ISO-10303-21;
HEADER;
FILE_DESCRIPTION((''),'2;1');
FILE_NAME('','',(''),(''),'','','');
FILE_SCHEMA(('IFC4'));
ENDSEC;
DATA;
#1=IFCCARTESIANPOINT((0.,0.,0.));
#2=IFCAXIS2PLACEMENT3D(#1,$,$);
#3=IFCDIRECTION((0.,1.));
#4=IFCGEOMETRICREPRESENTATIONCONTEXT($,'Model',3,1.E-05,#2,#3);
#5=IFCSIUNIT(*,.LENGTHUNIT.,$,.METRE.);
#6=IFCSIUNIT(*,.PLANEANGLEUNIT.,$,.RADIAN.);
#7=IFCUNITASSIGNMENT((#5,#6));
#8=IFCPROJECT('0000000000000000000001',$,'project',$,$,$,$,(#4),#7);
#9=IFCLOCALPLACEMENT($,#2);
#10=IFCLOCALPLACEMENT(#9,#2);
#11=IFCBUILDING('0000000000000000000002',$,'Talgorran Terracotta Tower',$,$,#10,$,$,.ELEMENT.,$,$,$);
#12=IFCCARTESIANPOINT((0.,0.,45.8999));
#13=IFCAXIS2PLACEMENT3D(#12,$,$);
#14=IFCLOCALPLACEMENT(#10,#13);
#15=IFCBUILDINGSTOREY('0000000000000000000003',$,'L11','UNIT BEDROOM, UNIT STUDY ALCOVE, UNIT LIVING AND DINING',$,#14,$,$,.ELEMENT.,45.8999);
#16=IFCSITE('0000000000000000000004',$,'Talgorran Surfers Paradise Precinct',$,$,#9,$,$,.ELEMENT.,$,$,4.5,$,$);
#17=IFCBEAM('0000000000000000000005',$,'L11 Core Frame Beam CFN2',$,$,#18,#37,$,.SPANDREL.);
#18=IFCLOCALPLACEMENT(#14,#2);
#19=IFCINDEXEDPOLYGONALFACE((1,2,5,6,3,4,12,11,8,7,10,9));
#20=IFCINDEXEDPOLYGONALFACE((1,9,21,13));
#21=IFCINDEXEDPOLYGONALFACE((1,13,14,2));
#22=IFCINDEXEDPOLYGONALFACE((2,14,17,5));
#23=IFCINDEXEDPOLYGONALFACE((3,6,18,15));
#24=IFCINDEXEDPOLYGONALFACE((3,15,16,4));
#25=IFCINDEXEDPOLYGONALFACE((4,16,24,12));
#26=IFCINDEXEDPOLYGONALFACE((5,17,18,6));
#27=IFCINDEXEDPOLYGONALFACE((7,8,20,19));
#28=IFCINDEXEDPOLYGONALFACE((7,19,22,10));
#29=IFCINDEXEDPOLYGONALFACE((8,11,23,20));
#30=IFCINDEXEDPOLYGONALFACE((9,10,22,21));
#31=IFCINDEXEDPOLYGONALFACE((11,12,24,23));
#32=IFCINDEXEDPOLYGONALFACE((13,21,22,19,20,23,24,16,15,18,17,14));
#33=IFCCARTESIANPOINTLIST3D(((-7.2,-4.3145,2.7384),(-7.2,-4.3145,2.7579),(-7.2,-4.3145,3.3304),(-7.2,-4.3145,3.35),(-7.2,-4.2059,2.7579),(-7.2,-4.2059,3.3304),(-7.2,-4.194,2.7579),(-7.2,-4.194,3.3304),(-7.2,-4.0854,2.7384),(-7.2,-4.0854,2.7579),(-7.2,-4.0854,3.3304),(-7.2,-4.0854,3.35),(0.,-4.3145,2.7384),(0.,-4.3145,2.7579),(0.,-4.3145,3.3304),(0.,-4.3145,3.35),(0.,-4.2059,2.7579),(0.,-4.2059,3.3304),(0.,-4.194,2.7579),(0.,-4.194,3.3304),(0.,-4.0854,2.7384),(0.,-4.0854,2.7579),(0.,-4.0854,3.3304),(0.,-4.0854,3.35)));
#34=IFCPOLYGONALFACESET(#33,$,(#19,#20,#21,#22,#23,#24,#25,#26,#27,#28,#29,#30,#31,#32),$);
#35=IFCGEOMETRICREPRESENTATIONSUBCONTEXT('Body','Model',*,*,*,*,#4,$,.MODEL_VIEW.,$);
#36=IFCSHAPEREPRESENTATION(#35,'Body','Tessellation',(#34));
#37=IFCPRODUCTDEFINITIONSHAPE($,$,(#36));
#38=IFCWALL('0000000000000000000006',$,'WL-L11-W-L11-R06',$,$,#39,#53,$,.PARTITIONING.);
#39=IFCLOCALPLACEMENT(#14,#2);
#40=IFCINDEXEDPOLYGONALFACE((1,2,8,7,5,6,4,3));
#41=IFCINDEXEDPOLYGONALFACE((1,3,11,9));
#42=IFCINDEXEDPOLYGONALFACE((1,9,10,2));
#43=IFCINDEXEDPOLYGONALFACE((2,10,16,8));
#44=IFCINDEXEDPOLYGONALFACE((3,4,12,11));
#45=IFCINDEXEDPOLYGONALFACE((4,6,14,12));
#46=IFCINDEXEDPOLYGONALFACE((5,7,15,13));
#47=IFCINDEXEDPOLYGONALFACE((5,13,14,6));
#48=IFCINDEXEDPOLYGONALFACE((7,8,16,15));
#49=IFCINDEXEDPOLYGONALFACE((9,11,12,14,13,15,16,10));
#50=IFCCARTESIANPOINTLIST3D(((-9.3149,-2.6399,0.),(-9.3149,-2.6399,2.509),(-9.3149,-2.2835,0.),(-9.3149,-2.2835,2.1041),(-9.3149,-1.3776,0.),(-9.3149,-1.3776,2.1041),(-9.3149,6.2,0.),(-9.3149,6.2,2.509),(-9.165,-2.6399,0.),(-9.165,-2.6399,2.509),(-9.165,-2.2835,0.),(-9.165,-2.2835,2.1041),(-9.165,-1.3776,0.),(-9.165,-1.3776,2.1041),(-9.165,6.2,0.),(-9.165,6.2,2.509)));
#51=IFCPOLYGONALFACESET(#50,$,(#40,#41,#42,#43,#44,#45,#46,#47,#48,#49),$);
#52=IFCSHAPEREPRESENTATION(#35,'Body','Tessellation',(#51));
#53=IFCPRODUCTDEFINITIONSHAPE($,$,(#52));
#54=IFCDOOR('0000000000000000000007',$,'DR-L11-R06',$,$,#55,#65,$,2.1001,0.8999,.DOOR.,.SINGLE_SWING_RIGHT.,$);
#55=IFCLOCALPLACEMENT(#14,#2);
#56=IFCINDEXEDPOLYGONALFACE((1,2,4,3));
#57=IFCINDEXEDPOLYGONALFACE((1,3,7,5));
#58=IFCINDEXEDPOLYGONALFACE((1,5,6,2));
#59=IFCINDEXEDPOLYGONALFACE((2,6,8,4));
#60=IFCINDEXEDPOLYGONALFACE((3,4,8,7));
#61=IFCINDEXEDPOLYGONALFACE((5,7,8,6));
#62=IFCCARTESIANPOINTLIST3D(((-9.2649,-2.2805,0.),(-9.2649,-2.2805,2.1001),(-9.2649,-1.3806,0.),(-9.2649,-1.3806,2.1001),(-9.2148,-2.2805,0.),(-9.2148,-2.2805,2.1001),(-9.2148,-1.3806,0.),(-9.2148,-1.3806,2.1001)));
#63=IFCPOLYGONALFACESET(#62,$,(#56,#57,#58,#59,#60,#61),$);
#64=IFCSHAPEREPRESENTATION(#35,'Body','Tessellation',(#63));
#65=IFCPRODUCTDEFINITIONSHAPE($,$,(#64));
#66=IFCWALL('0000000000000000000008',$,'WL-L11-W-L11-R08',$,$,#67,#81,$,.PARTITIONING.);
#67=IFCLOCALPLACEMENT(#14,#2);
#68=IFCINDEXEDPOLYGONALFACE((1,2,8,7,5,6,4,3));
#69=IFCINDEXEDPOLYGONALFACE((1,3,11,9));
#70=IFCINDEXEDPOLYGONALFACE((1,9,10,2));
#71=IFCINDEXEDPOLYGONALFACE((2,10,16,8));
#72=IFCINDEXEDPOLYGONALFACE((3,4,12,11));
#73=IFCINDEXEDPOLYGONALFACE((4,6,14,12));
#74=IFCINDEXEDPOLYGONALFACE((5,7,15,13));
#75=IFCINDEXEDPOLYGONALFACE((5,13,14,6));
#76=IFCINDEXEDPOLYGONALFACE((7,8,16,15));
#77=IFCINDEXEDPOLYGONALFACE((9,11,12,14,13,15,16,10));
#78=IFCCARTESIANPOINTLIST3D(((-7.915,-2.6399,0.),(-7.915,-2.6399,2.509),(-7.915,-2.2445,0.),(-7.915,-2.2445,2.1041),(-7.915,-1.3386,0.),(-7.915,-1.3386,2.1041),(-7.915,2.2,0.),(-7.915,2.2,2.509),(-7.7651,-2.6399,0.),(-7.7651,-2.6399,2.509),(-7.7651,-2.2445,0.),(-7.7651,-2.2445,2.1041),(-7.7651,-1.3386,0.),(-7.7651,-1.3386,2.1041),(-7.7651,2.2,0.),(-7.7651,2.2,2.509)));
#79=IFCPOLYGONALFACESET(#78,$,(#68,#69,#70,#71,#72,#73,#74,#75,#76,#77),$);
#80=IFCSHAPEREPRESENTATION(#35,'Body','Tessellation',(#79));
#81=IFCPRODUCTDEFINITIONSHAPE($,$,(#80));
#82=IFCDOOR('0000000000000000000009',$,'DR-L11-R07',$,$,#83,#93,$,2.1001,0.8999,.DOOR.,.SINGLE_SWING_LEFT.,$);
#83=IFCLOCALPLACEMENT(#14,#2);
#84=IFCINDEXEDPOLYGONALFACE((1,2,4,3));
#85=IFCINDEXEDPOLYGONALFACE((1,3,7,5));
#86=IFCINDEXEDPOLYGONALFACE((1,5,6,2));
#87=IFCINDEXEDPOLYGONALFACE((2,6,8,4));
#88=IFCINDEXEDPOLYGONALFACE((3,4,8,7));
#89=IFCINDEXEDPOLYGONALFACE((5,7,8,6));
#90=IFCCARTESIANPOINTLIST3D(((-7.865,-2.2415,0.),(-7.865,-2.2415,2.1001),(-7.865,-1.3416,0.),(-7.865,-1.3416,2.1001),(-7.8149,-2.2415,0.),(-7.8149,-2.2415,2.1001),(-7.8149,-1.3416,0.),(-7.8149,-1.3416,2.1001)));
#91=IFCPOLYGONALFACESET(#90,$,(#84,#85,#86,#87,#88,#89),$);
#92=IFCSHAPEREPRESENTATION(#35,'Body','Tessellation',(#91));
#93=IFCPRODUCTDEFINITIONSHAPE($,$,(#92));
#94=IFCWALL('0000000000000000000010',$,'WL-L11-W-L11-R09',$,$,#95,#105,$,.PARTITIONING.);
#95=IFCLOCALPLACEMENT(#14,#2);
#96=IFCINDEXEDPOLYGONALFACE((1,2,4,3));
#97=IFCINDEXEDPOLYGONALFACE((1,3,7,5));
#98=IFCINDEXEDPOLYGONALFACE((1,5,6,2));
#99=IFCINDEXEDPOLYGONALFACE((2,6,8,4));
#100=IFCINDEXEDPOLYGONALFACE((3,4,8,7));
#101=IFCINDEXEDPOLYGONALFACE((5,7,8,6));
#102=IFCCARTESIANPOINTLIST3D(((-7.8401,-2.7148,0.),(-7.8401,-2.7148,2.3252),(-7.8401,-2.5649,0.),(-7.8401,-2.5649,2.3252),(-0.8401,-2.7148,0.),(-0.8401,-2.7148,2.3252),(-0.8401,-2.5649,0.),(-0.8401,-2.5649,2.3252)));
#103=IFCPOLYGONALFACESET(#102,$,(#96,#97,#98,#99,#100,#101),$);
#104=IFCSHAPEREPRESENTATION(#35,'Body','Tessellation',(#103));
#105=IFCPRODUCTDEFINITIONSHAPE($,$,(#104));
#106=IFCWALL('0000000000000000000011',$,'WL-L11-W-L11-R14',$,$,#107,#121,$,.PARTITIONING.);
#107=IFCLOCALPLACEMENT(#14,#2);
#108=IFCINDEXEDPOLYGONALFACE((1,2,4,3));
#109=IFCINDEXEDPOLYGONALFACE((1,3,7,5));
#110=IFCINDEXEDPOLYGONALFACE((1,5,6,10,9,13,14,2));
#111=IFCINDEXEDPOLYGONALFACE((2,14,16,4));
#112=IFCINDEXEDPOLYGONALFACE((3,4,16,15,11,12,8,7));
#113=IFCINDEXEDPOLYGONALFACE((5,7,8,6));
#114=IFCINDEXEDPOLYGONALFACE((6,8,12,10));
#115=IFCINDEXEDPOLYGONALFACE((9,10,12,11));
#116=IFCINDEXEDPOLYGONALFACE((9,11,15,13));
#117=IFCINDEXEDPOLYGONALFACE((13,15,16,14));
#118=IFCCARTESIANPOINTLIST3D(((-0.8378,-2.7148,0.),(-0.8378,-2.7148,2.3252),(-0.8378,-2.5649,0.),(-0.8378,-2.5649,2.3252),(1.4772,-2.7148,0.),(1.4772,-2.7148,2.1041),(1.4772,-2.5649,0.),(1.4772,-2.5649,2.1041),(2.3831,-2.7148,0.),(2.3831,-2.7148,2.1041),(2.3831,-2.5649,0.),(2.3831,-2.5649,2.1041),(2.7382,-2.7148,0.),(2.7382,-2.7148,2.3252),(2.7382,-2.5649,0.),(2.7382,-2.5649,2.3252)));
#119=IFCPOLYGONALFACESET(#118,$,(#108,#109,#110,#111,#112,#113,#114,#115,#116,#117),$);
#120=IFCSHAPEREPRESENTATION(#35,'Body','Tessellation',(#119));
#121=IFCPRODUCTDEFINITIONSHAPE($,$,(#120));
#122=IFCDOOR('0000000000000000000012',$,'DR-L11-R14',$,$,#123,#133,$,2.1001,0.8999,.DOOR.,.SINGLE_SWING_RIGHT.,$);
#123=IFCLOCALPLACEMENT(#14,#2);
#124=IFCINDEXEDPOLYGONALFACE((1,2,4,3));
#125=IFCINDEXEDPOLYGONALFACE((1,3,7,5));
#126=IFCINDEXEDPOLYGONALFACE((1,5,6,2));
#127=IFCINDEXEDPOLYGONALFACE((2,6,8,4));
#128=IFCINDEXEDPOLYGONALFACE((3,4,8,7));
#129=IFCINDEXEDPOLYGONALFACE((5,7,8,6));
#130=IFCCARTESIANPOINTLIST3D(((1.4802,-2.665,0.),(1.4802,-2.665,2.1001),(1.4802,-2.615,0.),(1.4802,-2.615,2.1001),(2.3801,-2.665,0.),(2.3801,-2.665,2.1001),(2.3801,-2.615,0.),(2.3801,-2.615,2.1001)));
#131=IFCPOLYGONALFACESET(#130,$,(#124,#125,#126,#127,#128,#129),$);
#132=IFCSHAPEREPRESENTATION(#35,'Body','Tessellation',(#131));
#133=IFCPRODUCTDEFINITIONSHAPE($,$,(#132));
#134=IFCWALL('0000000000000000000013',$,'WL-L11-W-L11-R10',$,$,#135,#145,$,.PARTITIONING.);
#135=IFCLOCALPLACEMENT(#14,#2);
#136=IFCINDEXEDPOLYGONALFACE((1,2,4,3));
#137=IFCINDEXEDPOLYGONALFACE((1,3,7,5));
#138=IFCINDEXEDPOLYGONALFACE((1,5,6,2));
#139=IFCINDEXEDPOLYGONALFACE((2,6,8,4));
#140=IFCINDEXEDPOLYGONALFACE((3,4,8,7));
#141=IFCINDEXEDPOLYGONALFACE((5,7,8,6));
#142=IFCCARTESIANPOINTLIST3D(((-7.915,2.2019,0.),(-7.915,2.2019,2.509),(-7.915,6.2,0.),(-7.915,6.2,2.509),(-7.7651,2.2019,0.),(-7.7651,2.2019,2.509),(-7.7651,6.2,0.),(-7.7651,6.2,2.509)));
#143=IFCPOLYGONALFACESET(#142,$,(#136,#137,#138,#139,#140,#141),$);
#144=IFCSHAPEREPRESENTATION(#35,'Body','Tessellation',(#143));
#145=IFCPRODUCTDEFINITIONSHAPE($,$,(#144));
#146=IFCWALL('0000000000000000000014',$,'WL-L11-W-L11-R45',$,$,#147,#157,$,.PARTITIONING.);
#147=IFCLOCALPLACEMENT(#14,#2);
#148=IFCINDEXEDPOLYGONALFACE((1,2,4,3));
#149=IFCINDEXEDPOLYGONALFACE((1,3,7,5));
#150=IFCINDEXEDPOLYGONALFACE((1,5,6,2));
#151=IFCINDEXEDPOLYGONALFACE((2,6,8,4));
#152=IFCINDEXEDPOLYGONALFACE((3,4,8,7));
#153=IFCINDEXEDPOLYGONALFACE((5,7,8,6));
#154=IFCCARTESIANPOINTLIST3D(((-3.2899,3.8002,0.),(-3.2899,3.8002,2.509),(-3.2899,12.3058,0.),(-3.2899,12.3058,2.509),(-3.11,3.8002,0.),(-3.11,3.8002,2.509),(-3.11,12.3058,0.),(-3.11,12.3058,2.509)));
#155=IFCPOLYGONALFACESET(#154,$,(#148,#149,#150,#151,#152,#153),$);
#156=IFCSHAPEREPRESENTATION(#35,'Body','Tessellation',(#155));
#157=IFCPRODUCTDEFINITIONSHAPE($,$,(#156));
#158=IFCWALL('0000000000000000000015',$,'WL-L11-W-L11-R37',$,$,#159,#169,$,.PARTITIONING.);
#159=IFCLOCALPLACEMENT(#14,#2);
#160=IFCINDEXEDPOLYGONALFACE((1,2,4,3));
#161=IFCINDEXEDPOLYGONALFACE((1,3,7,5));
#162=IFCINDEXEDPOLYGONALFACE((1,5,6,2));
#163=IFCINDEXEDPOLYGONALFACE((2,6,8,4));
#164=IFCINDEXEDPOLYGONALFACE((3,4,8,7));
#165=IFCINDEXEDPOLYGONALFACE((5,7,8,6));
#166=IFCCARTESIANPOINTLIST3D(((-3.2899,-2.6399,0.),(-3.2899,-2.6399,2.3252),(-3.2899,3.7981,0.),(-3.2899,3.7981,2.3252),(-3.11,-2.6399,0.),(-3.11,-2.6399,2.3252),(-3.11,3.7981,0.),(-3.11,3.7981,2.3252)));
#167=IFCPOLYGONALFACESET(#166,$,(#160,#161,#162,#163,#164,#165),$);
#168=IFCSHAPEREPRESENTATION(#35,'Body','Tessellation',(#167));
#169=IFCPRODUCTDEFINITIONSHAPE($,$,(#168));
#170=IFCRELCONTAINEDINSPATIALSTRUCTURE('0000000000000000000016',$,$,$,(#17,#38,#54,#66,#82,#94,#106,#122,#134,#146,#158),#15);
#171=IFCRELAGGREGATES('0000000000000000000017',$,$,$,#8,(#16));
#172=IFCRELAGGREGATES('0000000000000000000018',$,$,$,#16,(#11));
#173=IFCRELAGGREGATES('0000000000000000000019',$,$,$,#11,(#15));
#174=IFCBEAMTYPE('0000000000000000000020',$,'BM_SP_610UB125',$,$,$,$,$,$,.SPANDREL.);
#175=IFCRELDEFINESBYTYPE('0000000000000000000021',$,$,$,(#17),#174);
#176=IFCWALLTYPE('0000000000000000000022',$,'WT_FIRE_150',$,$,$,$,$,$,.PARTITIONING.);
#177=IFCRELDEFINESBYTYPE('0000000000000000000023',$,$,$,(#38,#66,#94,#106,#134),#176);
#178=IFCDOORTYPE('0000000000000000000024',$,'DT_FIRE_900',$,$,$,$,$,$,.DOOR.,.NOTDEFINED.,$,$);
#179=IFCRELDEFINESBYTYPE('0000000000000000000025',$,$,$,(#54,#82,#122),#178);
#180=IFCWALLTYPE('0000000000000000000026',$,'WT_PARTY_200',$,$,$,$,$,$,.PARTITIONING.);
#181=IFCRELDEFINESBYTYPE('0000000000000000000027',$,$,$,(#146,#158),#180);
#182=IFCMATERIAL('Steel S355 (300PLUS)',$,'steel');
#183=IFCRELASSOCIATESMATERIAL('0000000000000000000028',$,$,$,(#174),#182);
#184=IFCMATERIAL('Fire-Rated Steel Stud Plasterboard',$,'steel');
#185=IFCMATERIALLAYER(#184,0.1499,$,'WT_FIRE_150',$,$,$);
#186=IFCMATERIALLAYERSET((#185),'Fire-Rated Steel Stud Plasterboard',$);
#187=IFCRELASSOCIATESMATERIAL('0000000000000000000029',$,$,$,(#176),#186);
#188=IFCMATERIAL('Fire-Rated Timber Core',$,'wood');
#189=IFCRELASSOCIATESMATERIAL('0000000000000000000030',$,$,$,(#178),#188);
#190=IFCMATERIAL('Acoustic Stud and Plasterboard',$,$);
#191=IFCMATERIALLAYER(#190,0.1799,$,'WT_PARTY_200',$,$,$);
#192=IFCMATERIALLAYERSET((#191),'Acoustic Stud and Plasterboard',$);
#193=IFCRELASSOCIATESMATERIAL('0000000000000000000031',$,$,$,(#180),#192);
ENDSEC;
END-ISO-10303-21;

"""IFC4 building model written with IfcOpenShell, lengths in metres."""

from ifc_helpers import new_model, si_unit, direction, frame, frame_2d, origin, origin_2d, place, context, subcontext, project, spatial, rectangle, i_section, extrude, material, layer, layer_set, material_profile, profile_set, type_object, element, fill, save


model = new_model("IFC4")

# Units and contexts
model_context = context("Model", 3, precision=1e-05, world=origin(), true_north=direction((0.0, 1.0)))
body_context = subcontext(model_context, "Body", "Model", "MODEL_VIEW")
ifc_project = project(units=[si_unit("LENGTHUNIT", "METRE"), si_unit("PLANEANGLEUNIT", "RADIAN")], contexts=[model_context])

# Site, building, storey
site_placement = place(None, origin())
site = spatial("IfcSite", under=ifc_project, at=site_placement, Name="Talgorran Surfers Paradise Precinct", CompositionType="ELEMENT", RefElevation=4.5)
building_placement = place(site_placement, origin())
building = spatial("IfcBuilding", under=site, at=building_placement, Name="Talgorran Terracotta Tower", CompositionType="ELEMENT")
storey_placement = place(building_placement, frame((0.0, 0.0, 45.8999)))
storey = spatial("IfcBuildingStorey", under=building, at=storey_placement, Name="L11", Description="UNIT BEDROOM, UNIT STUDY ALCOVE, UNIT LIVING AND DINING", CompositionType="ELEMENT", Elevation=45.8999)

# Shared definitions
ifc_material_1 = material(Name="Steel S355 (300PLUS)", Category="steel")

# Beam
ifc_material_profile_1 = material_profile(ifc_material_1, i_section(OverallWidth=0.229, OverallDepth=0.6116, WebThickness=0.012, FlangeThickness=0.0195, at=origin_2d()), Name="610UB125")
ifc_profile_set_1 = profile_set([ifc_material_profile_1], Name="Steel S355 (300PLUS)")
beam_type_1 = type_object("IfcBeamType", Name="BM_SP_610UB125", PredefinedType="SPANDREL", material=ifc_profile_set_1)
beam_1_placement = place(storey_placement, frame((-7.2, -4.2, 3.0442), z_axis=(1.0, 0.0, 0.0), x_axis=(0.0, 1.0, 0.0)))
element("IfcBeam", 1, at=beam_1_placement, inside=storey, type_object=beam_type_1, Name="L11 Core Frame Beam CFN2", PredefinedType="SPANDREL", context=body_context, shape_type="SweptSolid", body=[
    extrude(i_section(OverallWidth=0.229, OverallDepth=0.6116, WebThickness=0.012, FlangeThickness=0.0195, at=origin_2d()), origin(), (0.0, 0.0, 1.0), 7.2),
])

# Walls, openings, doors
ifc_material_2 = material(Name="Fire-Rated Steel Stud Plasterboard", Category="steel")
ifc_layer_1 = layer(ifc_material_2, 0.1499, Name="WT_FIRE_150")
ifc_layer_set_1 = layer_set([ifc_layer_1], Name="Fire-Rated Steel Stud Plasterboard")
wall_type_1 = type_object("IfcWallType", Name="WT_FIRE_150", PredefinedType="PARTITIONING", material=ifc_layer_set_1)
wall_1_placement = place(storey_placement, frame((-9.24, -2.6399, 0.0), z_axis=(0.0, 0.0, 1.0), x_axis=(0.0, 1.0, 0.0)))
wall_1 = element("IfcWall", 2, at=wall_1_placement, inside=storey, type_object=wall_type_1, Name="WL-L11-W-L11-R06", PredefinedType="PARTITIONING", context=body_context, shape_type="SweptSolid", body=[
    extrude(rectangle(XDim=8.8398, YDim=0.1499, at=frame_2d((4.4199, 0.0))), origin(), (0.0, 0.0, 1.0), 2.509),
])
opening_1_placement = place(wall_1_placement, frame((0.3594, 0.0, 0.0)))
opening_1 = element("IfcOpeningElement", 3, at=opening_1_placement, cuts=wall_1, PredefinedType="OPENING", context=body_context, shape_type="SweptSolid", body=[
    extrude(rectangle(XDim=0.9059, YDim=2.1041, at=frame_2d((0.45, 1.052))), frame((0.0, 0.085, 0.0), z_axis=(0.0, -1.0, 0.0), x_axis=(1.0, 0.0, 0.0)), (0.0, 0.0, 1.0), 0.1699),
])
ifc_material_3 = material(Name="Fire-Rated Timber Core", Category="wood")
door_type_1 = type_object("IfcDoorType", Name="DT_FIRE_900", OperationType="NOTDEFINED", PredefinedType="DOOR", material=ifc_material_3)
door_1_placement = place(opening_1_placement, origin())
door_1 = element("IfcDoor", 4, at=door_1_placement, inside=storey, type_object=door_type_1, Name="DR-L11-R06", OperationType="SINGLE_SWING_RIGHT", OverallHeight=2.1001, OverallWidth=0.8999, PredefinedType="DOOR", context=body_context, shape_type="SweptSolid", body=[
    extrude(rectangle(XDim=0.8999, YDim=2.1001, at=frame_2d((0.45, 1.05))), frame((0.0, 0.0249, 0.0), z_axis=(0.0, -1.0, 0.0), x_axis=(1.0, 0.0, 0.0)), (0.0, 0.0, 1.0), 0.05),
])
fill(opening_1, door_1)
wall_2_placement = place(storey_placement, frame((-7.8401, -2.6399, 0.0), z_axis=(0.0, 0.0, 1.0), x_axis=(0.0, 1.0, 0.0)))
wall_2 = element("IfcWall", 5, at=wall_2_placement, inside=storey, type_object=wall_type_1, Name="WL-L11-W-L11-R08", PredefinedType="PARTITIONING", context=body_context, shape_type="SweptSolid", body=[
    extrude(rectangle(XDim=4.8398, YDim=0.1499, at=frame_2d((2.4199, 0.0))), origin(), (0.0, 0.0, 1.0), 2.509),
])
opening_2_placement = place(wall_2_placement, frame((0.3984, 0.0, 0.0)))
opening_2 = element("IfcOpeningElement", 6, at=opening_2_placement, cuts=wall_2, PredefinedType="OPENING", context=body_context, shape_type="SweptSolid", body=[
    extrude(rectangle(XDim=0.9059, YDim=2.1041, at=frame_2d((0.45, 1.052))), frame((0.0, 0.085, 0.0), z_axis=(0.0, -1.0, 0.0), x_axis=(1.0, 0.0, 0.0)), (0.0, 0.0, 1.0), 0.1699),
])
door_2_placement = place(opening_2_placement, origin())
door_2 = element("IfcDoor", 7, at=door_2_placement, inside=storey, type_object=door_type_1, Name="DR-L11-R07", OperationType="SINGLE_SWING_LEFT", OverallHeight=2.1001, OverallWidth=0.8999, PredefinedType="DOOR", context=body_context, shape_type="SweptSolid", body=[
    extrude(rectangle(XDim=0.8999, YDim=2.1001, at=frame_2d((0.45, 1.05))), frame((0.0, 0.0249, 0.0), z_axis=(0.0, -1.0, 0.0), x_axis=(1.0, 0.0, 0.0)), (0.0, 0.0, 1.0), 0.05),
])
fill(opening_2, door_2)

# Wall
wall_3_placement = place(storey_placement, frame((-7.8401, -2.6399, 0.0), z_axis=(0.0, 0.0, 1.0), x_axis=(1.0, 0.0, 0.0)))
element("IfcWall", 8, at=wall_3_placement, inside=storey, type_object=wall_type_1, Name="WL-L11-W-L11-R09", PredefinedType="PARTITIONING", context=body_context, shape_type="SweptSolid", body=[
    extrude(rectangle(XDim=7.0, YDim=0.1499, at=frame_2d((3.5, 0.0))), origin(), (0.0, 0.0, 1.0), 2.3252),
])

# Wall, opening, door
wall_4_placement = place(storey_placement, frame((-0.8379, -2.6399, 0.0), z_axis=(0.0, 0.0, 1.0), x_axis=(1.0, 0.0, 0.0)))
wall_4 = element("IfcWall", 9, at=wall_4_placement, inside=storey, type_object=wall_type_1, Name="WL-L11-W-L11-R14", PredefinedType="PARTITIONING", context=body_context, shape_type="SweptSolid", body=[
    extrude(rectangle(XDim=3.5759, YDim=0.1499, at=frame_2d((1.7881, 0.0))), origin(), (0.0, 0.0, 1.0), 2.3252),
])
opening_3_placement = place(wall_4_placement, frame((2.3181, 0.0, 0.0)))
opening_3 = element("IfcOpeningElement", 10, at=opening_3_placement, cuts=wall_4, PredefinedType="OPENING", context=body_context, shape_type="SweptSolid", body=[
    extrude(rectangle(XDim=0.9059, YDim=2.1041, at=frame_2d((0.45, 1.052))), frame((0.0, 0.085, 0.0), z_axis=(0.0, -1.0, 0.0), x_axis=(1.0, 0.0, 0.0)), (0.0, 0.0, 1.0), 0.1699),
])
door_3_placement = place(opening_3_placement, origin())
door_3 = element("IfcDoor", 11, at=door_3_placement, inside=storey, type_object=door_type_1, Name="DR-L11-R14", OperationType="SINGLE_SWING_RIGHT", OverallHeight=2.1001, OverallWidth=0.8999, PredefinedType="DOOR", context=body_context, shape_type="SweptSolid", body=[
    extrude(rectangle(XDim=0.8999, YDim=2.1001, at=frame_2d((0.45, 1.05))), frame((0.0, 0.0249, 0.0), z_axis=(0.0, -1.0, 0.0), x_axis=(1.0, 0.0, 0.0)), (0.0, 0.0, 1.0), 0.05),
])
fill(opening_3, door_3)

# Walls
wall_5_placement = place(storey_placement, frame((-7.8401, 2.2019, 0.0), z_axis=(0.0, 0.0, 1.0), x_axis=(0.0, 1.0, 0.0)))
element("IfcWall", 12, at=wall_5_placement, inside=storey, type_object=wall_type_1, Name="WL-L11-W-L11-R10", PredefinedType="PARTITIONING", context=body_context, shape_type="SweptSolid", body=[
    extrude(rectangle(XDim=3.998, YDim=0.1499, at=frame_2d((1.999, 0.0))), origin(), (0.0, 0.0, 1.0), 2.509),
])
ifc_material_4 = material(Name="Acoustic Stud and Plasterboard")
ifc_layer_2 = layer(ifc_material_4, 0.1799, Name="WT_PARTY_200")
ifc_layer_set_2 = layer_set([ifc_layer_2], Name="Acoustic Stud and Plasterboard")
wall_type_2 = type_object("IfcWallType", Name="WT_PARTY_200", PredefinedType="PARTITIONING", material=ifc_layer_set_2)
wall_6_placement = place(storey_placement, frame((-3.2, 3.8, 0.0), z_axis=(0.0, 0.0, 1.0), x_axis=(0.0, 1.0, 0.0)))
element("IfcWall", 13, at=wall_6_placement, inside=storey, type_object=wall_type_2, Name="WL-L11-W-L11-R45", PredefinedType="PARTITIONING", context=body_context, shape_type="SweptSolid", body=[
    extrude(rectangle(XDim=8.5056, YDim=0.1799, at=frame_2d((4.2529, 0.0))), origin(), (0.0, 0.0, 1.0), 2.509),
])
wall_7_placement = place(storey_placement, frame((-3.2, -2.6399, 0.0), z_axis=(0.0, 0.0, 1.0), x_axis=(0.0, 1.0, 0.0)))
element("IfcWall", 14, at=wall_7_placement, inside=storey, type_object=wall_type_2, Name="WL-L11-W-L11-R37", PredefinedType="PARTITIONING", context=body_context, shape_type="SweptSolid", body=[
    extrude(rectangle(XDim=6.438, YDim=0.1799, at=frame_2d((3.219, 0.0))), origin(), (0.0, 0.0, 1.0), 2.3252),
])

save(model, "model.ifc")
